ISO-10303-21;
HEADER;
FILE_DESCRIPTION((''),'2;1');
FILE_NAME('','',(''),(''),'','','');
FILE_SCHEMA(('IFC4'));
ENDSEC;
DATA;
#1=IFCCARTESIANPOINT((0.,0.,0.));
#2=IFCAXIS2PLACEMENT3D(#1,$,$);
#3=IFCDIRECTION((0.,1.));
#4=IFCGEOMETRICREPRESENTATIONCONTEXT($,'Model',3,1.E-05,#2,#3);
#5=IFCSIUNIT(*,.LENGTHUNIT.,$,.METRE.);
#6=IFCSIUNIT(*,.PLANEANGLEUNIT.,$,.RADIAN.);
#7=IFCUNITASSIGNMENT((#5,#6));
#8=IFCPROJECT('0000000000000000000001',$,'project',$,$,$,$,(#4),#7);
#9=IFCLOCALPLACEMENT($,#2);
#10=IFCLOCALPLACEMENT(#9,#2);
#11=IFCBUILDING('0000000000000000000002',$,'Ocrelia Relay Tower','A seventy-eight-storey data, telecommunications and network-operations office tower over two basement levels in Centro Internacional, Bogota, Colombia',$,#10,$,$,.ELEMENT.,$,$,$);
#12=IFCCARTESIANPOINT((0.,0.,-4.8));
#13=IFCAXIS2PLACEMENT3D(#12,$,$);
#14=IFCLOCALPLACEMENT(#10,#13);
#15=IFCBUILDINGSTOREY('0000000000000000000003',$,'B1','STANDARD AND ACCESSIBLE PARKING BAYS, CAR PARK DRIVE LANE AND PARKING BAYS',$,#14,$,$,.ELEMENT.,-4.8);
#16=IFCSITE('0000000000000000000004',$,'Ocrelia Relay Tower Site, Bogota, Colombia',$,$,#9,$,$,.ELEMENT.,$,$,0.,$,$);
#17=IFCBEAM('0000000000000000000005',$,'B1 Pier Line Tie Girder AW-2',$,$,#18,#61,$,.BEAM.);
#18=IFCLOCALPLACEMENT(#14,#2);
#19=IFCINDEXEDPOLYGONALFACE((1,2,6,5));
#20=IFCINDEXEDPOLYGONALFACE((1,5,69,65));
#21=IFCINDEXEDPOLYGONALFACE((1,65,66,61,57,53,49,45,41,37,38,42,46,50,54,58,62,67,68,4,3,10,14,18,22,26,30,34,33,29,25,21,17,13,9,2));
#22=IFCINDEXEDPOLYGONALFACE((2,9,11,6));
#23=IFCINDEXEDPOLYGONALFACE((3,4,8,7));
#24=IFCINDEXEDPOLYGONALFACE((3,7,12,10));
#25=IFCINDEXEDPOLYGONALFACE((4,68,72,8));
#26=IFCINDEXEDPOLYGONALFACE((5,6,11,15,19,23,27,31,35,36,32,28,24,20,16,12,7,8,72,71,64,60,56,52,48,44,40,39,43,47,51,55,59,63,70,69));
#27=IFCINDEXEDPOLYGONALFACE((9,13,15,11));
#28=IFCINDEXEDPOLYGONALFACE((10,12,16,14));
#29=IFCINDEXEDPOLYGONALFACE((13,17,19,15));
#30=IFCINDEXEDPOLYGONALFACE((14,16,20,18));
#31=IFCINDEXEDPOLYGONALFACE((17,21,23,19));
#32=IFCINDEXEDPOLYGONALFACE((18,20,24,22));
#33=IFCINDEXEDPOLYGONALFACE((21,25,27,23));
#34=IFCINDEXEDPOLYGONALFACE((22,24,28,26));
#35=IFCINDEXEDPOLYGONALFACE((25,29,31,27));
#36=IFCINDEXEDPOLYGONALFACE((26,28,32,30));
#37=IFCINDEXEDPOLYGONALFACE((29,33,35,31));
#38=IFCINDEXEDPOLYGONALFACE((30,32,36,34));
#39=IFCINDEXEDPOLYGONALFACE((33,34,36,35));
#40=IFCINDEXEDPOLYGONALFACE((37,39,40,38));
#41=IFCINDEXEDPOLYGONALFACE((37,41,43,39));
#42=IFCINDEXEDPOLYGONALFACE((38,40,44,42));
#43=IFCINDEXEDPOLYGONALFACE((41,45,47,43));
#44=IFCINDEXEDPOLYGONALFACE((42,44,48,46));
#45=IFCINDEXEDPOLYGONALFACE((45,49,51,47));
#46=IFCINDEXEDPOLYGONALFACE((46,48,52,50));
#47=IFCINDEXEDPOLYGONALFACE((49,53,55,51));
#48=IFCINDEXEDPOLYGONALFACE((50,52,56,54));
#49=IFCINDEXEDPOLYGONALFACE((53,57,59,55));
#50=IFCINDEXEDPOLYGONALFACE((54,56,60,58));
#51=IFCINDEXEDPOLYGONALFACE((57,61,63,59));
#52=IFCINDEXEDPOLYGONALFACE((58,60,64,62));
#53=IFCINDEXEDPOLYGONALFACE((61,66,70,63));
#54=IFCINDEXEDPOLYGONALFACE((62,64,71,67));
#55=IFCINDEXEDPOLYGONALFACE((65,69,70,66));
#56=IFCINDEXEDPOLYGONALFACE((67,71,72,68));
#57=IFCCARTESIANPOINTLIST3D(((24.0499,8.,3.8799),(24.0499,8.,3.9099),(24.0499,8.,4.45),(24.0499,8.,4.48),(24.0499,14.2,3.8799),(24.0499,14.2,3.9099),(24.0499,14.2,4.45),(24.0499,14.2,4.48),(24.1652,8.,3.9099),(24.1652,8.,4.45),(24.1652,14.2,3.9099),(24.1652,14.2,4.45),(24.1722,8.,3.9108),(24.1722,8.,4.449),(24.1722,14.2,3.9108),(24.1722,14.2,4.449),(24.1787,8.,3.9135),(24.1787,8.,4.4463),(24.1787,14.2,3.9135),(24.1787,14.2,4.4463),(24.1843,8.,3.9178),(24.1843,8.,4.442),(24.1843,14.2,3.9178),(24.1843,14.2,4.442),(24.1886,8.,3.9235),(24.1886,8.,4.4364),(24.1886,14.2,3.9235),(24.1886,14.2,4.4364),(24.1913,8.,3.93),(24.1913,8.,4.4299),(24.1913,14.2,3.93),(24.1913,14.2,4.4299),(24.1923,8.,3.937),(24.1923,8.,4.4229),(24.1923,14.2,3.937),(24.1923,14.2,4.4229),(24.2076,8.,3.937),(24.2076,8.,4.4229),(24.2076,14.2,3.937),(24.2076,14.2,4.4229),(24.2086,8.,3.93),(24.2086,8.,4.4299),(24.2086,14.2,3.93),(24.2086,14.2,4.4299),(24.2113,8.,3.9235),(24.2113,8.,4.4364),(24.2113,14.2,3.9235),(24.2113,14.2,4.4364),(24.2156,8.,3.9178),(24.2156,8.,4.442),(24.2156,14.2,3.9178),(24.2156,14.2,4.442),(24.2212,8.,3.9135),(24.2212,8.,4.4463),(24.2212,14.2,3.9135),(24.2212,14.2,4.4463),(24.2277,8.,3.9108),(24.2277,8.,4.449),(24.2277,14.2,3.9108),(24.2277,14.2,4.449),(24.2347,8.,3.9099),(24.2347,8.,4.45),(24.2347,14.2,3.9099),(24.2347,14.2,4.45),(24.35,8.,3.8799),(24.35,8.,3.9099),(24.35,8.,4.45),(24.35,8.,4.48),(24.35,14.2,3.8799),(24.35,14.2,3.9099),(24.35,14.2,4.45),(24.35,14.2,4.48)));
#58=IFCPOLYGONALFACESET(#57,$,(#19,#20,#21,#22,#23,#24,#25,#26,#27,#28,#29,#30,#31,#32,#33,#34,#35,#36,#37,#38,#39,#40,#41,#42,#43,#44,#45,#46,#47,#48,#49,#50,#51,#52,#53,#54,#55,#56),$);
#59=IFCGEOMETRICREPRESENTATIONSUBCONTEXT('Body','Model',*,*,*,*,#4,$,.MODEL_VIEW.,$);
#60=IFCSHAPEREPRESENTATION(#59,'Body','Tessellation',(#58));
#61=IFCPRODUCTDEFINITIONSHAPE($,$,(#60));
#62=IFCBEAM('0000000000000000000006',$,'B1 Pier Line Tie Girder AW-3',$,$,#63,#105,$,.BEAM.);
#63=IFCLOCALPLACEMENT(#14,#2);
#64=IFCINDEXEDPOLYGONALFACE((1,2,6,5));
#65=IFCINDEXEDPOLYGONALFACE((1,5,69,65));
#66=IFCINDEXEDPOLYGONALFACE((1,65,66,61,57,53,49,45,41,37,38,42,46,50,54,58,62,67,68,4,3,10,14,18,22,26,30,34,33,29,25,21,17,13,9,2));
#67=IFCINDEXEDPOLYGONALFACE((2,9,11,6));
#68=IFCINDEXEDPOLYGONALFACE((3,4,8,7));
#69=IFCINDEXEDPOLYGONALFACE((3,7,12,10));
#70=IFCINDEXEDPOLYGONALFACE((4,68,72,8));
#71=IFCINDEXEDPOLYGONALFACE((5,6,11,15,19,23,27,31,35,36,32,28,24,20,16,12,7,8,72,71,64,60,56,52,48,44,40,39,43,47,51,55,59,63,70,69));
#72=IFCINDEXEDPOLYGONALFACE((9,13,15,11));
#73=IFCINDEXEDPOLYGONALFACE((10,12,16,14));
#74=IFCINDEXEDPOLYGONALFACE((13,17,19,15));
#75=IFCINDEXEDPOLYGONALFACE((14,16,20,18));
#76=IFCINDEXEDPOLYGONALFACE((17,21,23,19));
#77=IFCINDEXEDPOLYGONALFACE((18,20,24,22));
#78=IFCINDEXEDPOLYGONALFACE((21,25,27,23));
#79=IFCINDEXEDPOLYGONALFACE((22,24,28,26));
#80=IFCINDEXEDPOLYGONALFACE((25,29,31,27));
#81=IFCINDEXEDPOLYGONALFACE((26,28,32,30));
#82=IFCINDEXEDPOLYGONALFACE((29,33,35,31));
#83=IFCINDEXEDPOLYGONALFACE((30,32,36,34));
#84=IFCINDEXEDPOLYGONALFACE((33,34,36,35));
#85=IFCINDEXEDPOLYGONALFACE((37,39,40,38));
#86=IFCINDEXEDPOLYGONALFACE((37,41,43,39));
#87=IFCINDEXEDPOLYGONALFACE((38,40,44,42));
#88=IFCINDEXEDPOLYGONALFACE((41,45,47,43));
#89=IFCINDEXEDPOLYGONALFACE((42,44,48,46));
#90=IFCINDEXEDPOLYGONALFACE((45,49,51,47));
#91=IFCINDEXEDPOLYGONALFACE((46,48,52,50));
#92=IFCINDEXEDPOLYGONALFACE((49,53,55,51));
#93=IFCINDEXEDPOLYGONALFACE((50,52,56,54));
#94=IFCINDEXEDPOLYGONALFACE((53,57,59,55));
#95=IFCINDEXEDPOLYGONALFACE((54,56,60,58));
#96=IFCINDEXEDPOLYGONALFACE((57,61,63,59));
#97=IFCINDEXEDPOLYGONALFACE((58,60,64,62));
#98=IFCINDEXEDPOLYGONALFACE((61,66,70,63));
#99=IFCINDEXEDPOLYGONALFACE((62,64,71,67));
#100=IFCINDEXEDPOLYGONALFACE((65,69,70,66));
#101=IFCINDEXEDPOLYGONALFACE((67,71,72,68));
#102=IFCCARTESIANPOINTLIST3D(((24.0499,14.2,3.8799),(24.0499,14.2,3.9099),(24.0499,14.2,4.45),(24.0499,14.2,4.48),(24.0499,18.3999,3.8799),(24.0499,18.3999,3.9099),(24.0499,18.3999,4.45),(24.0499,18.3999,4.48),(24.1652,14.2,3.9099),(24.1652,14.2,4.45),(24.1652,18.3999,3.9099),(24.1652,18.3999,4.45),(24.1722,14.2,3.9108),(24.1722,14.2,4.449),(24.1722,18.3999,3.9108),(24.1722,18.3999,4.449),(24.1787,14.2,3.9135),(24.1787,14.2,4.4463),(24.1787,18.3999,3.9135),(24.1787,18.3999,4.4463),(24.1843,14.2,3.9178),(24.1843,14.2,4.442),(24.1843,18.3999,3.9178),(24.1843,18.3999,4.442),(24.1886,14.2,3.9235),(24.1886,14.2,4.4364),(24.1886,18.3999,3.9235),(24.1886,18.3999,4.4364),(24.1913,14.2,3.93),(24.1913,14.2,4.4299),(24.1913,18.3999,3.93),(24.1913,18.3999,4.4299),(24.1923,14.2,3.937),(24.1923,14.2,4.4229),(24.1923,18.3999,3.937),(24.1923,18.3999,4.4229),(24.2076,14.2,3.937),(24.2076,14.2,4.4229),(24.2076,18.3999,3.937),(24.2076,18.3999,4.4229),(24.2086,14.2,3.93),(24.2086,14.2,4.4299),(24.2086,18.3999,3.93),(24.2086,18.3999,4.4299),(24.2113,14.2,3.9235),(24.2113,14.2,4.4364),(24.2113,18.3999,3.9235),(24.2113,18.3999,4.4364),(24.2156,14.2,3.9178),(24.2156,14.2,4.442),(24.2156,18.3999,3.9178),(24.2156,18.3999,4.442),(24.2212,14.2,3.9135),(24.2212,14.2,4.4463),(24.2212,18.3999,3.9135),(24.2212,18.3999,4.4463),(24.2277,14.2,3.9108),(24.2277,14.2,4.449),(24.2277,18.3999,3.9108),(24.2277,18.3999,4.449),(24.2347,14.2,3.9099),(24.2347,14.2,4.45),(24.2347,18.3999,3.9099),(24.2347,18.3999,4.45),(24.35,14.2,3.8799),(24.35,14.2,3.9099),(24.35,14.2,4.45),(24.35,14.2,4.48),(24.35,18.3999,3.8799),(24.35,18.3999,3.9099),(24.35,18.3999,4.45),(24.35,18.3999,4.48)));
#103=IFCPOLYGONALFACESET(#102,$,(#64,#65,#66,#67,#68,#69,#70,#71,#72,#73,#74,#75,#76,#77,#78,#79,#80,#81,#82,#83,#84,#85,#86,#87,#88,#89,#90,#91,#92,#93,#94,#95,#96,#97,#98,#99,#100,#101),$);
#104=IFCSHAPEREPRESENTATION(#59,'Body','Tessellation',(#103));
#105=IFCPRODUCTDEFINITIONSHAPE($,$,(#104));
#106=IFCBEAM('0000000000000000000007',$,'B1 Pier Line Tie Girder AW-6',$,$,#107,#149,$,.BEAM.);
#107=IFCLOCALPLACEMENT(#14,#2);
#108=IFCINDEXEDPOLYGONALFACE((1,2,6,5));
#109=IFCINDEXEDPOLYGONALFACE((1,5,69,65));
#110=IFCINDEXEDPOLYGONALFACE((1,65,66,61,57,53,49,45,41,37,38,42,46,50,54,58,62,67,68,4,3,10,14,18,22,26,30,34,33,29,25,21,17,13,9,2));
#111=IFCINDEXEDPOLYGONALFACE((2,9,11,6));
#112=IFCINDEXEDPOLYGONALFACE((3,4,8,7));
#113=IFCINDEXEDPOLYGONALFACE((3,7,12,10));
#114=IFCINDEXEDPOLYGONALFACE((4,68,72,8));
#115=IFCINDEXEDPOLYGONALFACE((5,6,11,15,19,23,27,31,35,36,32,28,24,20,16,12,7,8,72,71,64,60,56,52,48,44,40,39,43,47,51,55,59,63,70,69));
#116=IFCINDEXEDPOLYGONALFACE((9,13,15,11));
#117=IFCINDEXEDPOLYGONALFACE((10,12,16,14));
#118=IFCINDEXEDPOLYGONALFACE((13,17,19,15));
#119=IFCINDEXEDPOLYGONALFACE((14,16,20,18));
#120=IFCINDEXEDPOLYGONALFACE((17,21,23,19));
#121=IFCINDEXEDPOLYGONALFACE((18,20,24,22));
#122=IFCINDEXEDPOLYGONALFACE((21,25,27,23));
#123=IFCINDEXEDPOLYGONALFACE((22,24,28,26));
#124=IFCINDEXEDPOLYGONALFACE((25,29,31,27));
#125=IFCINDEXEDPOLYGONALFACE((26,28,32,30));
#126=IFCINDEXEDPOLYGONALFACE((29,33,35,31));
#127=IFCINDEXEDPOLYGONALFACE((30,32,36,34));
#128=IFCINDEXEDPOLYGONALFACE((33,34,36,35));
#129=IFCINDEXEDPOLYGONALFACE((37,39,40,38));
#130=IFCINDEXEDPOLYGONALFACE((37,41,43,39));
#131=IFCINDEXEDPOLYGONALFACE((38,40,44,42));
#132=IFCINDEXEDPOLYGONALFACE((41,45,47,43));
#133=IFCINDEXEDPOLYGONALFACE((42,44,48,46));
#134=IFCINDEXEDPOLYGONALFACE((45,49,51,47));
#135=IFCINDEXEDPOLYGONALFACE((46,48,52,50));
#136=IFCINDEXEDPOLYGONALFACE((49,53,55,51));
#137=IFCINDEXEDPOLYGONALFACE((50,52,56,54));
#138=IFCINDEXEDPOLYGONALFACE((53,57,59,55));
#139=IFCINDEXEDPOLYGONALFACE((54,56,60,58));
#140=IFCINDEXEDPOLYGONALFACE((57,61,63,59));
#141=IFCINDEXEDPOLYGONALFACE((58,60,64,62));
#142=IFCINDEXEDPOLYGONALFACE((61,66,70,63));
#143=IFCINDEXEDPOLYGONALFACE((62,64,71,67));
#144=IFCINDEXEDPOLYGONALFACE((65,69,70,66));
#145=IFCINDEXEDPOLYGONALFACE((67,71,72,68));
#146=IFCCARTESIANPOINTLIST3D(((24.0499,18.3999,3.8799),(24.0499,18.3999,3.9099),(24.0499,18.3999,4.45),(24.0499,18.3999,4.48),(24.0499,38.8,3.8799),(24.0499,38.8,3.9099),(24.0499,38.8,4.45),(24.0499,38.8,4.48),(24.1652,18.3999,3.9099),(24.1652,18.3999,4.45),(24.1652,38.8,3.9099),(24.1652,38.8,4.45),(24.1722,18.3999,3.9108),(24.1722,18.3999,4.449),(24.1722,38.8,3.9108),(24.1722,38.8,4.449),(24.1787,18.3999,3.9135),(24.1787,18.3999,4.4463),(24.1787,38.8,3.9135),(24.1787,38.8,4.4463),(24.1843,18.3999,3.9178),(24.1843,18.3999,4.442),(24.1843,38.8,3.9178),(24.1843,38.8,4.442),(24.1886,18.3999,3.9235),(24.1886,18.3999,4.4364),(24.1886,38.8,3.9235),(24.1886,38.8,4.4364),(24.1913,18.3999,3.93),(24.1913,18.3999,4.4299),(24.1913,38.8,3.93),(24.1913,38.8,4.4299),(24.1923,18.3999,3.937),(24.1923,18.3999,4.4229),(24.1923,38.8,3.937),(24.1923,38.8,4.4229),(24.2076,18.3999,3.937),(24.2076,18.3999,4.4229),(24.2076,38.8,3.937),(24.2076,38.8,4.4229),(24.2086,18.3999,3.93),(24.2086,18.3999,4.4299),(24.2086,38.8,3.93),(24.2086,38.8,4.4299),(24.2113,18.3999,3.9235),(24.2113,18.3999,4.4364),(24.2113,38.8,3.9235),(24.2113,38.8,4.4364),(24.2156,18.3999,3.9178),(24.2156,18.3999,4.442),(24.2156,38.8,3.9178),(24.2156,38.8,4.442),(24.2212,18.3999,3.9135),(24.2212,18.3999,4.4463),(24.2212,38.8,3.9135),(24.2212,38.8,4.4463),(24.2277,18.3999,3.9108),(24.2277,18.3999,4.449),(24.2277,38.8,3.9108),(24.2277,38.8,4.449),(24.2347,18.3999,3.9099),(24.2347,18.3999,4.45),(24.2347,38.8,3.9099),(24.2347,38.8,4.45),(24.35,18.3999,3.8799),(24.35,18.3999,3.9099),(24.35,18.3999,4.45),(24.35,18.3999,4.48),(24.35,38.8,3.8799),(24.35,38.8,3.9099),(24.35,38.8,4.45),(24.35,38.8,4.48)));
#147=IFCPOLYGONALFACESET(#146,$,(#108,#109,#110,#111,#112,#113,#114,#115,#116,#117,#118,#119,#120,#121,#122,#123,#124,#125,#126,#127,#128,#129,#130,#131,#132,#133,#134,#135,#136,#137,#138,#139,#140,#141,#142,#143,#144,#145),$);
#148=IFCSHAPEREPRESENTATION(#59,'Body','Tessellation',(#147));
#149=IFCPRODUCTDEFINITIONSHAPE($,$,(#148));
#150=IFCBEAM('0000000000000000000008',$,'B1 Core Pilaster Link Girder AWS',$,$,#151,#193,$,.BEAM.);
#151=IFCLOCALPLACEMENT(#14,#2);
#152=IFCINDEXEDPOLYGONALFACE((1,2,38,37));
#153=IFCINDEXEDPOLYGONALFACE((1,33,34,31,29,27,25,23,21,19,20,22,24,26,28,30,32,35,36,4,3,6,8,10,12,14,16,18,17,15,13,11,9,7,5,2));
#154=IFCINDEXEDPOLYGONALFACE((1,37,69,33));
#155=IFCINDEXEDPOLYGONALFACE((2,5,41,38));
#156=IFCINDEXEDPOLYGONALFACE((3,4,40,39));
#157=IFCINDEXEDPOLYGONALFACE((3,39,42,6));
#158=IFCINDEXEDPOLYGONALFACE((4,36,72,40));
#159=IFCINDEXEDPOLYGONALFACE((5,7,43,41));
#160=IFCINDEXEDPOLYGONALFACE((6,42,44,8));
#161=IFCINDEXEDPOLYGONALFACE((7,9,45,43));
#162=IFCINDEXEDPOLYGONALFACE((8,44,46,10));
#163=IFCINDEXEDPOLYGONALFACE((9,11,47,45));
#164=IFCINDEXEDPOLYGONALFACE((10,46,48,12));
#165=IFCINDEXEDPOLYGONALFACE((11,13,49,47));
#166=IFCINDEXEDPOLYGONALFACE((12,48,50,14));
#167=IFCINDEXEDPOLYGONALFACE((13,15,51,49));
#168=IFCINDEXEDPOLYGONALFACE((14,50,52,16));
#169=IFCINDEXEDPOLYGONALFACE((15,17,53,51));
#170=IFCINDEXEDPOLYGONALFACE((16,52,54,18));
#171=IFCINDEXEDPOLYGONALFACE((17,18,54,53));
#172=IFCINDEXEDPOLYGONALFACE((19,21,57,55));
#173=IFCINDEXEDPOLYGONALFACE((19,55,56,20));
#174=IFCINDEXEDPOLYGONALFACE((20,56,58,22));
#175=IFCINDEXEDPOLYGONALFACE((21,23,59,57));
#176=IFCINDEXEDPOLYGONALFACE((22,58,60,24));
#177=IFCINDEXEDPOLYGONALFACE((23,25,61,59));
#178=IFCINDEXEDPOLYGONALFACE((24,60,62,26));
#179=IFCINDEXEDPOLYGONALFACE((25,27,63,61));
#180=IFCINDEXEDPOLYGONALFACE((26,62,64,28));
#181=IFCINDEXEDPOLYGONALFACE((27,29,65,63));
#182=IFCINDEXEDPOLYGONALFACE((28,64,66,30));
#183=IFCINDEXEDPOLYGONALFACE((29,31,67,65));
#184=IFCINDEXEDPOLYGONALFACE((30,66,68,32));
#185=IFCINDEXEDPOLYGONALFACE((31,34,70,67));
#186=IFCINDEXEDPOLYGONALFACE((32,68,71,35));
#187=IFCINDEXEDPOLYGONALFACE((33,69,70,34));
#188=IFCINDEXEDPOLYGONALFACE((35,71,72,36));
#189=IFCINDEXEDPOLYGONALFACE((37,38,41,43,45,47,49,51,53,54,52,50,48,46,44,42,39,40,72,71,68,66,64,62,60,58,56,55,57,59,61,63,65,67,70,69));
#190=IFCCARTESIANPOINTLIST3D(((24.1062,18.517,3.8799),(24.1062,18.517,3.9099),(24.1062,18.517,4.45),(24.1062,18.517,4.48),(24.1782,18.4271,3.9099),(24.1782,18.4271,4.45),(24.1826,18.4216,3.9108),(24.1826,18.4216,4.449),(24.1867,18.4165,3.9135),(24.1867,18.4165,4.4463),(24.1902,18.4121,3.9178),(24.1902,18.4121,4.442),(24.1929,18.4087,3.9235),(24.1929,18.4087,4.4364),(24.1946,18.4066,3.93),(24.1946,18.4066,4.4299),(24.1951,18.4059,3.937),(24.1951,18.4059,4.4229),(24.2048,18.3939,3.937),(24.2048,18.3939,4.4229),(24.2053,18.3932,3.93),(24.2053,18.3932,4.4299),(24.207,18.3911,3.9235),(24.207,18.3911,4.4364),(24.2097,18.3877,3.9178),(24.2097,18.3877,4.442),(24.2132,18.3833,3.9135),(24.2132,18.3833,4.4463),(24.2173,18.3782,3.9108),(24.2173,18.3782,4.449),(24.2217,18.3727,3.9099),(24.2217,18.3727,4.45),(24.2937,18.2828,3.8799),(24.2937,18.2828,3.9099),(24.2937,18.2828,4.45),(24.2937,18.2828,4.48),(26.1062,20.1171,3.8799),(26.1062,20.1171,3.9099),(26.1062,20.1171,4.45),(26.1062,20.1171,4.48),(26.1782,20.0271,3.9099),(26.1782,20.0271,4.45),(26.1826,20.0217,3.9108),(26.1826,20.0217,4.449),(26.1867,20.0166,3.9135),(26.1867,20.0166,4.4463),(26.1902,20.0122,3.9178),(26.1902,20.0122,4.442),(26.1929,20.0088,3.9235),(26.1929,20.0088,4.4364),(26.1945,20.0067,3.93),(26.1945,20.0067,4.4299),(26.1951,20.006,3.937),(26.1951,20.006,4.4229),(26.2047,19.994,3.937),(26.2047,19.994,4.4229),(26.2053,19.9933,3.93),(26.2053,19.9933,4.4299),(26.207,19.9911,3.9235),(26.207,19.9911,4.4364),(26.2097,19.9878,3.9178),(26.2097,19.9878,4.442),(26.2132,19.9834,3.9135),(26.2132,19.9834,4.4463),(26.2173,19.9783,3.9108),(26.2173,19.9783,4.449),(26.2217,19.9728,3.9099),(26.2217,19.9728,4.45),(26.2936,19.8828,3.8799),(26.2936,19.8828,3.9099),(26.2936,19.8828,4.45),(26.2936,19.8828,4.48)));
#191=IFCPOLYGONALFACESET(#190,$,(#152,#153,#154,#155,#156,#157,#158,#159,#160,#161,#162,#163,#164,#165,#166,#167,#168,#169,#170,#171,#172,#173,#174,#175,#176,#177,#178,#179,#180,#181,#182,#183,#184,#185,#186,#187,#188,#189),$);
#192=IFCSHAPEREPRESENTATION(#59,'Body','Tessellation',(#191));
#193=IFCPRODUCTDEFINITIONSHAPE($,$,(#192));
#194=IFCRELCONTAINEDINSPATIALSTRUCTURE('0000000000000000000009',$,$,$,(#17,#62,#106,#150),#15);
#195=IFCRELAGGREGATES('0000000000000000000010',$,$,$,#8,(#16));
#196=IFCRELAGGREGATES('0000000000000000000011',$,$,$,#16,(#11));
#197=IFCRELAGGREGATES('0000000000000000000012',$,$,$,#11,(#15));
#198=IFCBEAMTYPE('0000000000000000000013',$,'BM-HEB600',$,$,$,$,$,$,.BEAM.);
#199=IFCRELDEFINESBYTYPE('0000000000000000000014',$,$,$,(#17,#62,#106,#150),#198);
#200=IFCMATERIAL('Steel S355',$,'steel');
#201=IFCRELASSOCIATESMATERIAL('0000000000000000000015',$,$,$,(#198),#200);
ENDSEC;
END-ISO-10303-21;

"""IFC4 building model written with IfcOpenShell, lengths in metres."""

from ifc_helpers import new_model, si_unit, direction, frame, origin, origin_2d, place, context, subcontext, project, spatial, i_section, extrude, material, material_profile, profile_set, type_object, element, save


model = new_model("IFC4")

# Units and contexts
model_context = context("Model", 3, precision=1e-05, world=origin(), true_north=direction((0.0, 1.0)))
body_context = subcontext(model_context, "Body", "Model", "MODEL_VIEW")
ifc_project = project(units=[si_unit("LENGTHUNIT", "METRE"), si_unit("PLANEANGLEUNIT", "RADIAN")], contexts=[model_context])

# Site, building, storey
site_placement = place(None, origin())
site = spatial("IfcSite", under=ifc_project, at=site_placement, Name="Ocrelia Relay Tower Site, Bogota, Colombia", CompositionType="ELEMENT", RefElevation=0.0)
building_placement = place(site_placement, origin())
building = spatial("IfcBuilding", under=site, at=building_placement, Name="Ocrelia Relay Tower", Description="A seventy-eight-storey data, telecommunications and network-operations office tower over two basement levels in Centro Internacional, Bogota, Colombia", CompositionType="ELEMENT")
storey_placement = place(building_placement, frame((0.0, 0.0, -4.8)))
storey = spatial("IfcBuildingStorey", under=building, at=storey_placement, Name="B1", Description="STANDARD AND ACCESSIBLE PARKING BAYS, CAR PARK DRIVE LANE AND PARKING BAYS", CompositionType="ELEMENT", Elevation=-4.8)

# Beams
ifc_material_1 = material(Name="Steel S355", Category="steel")
ifc_material_profile_1 = material_profile(ifc_material_1, i_section(OverallWidth=0.3, OverallDepth=0.6001, WebThickness=0.0154, FlangeThickness=0.03, FilletRadius=0.0271, at=origin_2d()), Name="HEB 600")
ifc_profile_set_1 = profile_set([ifc_material_profile_1], Name="Steel S355")
beam_type_1 = type_object("IfcBeamType", Name="BM-HEB600", PredefinedType="BEAM", material=ifc_profile_set_1)
beam_1_placement = place(storey_placement, frame((24.2, 8.0, 4.1799), z_axis=(0.0, 1.0, 0.0), x_axis=(-1.0, 0.0, 0.0)))
element("IfcBeam", 1, at=beam_1_placement, inside=storey, type_object=beam_type_1, Name="B1 Pier Line Tie Girder AW-2", PredefinedType="BEAM", context=body_context, shape_type="SweptSolid", body=[
    extrude(i_section(OverallWidth=0.3, OverallDepth=0.6001, WebThickness=0.0154, FlangeThickness=0.03, FilletRadius=0.0271, at=origin_2d()), origin(), (0.0, 0.0, 1.0), 6.2),
])
beam_2_placement = place(storey_placement, frame((24.2, 14.2, 4.1799), z_axis=(0.0, 1.0, 0.0), x_axis=(-1.0, 0.0, 0.0)))
element("IfcBeam", 2, at=beam_2_placement, inside=storey, type_object=beam_type_1, Name="B1 Pier Line Tie Girder AW-3", PredefinedType="BEAM", context=body_context, shape_type="SweptSolid", body=[
    extrude(i_section(OverallWidth=0.3, OverallDepth=0.6001, WebThickness=0.0154, FlangeThickness=0.03, FilletRadius=0.0271, at=origin_2d()), origin(), (0.0, 0.0, 1.0), 4.2),
])
beam_3_placement = place(storey_placement, frame((24.2, 18.3999, 4.1799), z_axis=(0.0, 1.0, 0.0), x_axis=(-1.0, 0.0, 0.0)))
element("IfcBeam", 3, at=beam_3_placement, inside=storey, type_object=beam_type_1, Name="B1 Pier Line Tie Girder AW-6", PredefinedType="BEAM", context=body_context, shape_type="SweptSolid", body=[
    extrude(i_section(OverallWidth=0.3, OverallDepth=0.6001, WebThickness=0.0154, FlangeThickness=0.03, FilletRadius=0.0271, at=origin_2d()), origin(), (0.0, 0.0, 1.0), 20.4001),
])
beam_4_placement = place(storey_placement, frame((24.2, 18.3999, 4.1799), z_axis=(0.78085, 0.624718, 0.0), x_axis=(-0.624718, 0.78085, 0.0)))
element("IfcBeam", 4, at=beam_4_placement, inside=storey, type_object=beam_type_1, Name="B1 Core Pilaster Link Girder AWS", PredefinedType="BEAM", context=body_context, shape_type="SweptSolid", body=[
    extrude(i_section(OverallWidth=0.3, OverallDepth=0.6001, WebThickness=0.0154, FlangeThickness=0.03, FilletRadius=0.0271, at=origin_2d()), origin(), (0.0, 0.0, 1.0), 2.5613),
])

save(model, "model.ifc")
